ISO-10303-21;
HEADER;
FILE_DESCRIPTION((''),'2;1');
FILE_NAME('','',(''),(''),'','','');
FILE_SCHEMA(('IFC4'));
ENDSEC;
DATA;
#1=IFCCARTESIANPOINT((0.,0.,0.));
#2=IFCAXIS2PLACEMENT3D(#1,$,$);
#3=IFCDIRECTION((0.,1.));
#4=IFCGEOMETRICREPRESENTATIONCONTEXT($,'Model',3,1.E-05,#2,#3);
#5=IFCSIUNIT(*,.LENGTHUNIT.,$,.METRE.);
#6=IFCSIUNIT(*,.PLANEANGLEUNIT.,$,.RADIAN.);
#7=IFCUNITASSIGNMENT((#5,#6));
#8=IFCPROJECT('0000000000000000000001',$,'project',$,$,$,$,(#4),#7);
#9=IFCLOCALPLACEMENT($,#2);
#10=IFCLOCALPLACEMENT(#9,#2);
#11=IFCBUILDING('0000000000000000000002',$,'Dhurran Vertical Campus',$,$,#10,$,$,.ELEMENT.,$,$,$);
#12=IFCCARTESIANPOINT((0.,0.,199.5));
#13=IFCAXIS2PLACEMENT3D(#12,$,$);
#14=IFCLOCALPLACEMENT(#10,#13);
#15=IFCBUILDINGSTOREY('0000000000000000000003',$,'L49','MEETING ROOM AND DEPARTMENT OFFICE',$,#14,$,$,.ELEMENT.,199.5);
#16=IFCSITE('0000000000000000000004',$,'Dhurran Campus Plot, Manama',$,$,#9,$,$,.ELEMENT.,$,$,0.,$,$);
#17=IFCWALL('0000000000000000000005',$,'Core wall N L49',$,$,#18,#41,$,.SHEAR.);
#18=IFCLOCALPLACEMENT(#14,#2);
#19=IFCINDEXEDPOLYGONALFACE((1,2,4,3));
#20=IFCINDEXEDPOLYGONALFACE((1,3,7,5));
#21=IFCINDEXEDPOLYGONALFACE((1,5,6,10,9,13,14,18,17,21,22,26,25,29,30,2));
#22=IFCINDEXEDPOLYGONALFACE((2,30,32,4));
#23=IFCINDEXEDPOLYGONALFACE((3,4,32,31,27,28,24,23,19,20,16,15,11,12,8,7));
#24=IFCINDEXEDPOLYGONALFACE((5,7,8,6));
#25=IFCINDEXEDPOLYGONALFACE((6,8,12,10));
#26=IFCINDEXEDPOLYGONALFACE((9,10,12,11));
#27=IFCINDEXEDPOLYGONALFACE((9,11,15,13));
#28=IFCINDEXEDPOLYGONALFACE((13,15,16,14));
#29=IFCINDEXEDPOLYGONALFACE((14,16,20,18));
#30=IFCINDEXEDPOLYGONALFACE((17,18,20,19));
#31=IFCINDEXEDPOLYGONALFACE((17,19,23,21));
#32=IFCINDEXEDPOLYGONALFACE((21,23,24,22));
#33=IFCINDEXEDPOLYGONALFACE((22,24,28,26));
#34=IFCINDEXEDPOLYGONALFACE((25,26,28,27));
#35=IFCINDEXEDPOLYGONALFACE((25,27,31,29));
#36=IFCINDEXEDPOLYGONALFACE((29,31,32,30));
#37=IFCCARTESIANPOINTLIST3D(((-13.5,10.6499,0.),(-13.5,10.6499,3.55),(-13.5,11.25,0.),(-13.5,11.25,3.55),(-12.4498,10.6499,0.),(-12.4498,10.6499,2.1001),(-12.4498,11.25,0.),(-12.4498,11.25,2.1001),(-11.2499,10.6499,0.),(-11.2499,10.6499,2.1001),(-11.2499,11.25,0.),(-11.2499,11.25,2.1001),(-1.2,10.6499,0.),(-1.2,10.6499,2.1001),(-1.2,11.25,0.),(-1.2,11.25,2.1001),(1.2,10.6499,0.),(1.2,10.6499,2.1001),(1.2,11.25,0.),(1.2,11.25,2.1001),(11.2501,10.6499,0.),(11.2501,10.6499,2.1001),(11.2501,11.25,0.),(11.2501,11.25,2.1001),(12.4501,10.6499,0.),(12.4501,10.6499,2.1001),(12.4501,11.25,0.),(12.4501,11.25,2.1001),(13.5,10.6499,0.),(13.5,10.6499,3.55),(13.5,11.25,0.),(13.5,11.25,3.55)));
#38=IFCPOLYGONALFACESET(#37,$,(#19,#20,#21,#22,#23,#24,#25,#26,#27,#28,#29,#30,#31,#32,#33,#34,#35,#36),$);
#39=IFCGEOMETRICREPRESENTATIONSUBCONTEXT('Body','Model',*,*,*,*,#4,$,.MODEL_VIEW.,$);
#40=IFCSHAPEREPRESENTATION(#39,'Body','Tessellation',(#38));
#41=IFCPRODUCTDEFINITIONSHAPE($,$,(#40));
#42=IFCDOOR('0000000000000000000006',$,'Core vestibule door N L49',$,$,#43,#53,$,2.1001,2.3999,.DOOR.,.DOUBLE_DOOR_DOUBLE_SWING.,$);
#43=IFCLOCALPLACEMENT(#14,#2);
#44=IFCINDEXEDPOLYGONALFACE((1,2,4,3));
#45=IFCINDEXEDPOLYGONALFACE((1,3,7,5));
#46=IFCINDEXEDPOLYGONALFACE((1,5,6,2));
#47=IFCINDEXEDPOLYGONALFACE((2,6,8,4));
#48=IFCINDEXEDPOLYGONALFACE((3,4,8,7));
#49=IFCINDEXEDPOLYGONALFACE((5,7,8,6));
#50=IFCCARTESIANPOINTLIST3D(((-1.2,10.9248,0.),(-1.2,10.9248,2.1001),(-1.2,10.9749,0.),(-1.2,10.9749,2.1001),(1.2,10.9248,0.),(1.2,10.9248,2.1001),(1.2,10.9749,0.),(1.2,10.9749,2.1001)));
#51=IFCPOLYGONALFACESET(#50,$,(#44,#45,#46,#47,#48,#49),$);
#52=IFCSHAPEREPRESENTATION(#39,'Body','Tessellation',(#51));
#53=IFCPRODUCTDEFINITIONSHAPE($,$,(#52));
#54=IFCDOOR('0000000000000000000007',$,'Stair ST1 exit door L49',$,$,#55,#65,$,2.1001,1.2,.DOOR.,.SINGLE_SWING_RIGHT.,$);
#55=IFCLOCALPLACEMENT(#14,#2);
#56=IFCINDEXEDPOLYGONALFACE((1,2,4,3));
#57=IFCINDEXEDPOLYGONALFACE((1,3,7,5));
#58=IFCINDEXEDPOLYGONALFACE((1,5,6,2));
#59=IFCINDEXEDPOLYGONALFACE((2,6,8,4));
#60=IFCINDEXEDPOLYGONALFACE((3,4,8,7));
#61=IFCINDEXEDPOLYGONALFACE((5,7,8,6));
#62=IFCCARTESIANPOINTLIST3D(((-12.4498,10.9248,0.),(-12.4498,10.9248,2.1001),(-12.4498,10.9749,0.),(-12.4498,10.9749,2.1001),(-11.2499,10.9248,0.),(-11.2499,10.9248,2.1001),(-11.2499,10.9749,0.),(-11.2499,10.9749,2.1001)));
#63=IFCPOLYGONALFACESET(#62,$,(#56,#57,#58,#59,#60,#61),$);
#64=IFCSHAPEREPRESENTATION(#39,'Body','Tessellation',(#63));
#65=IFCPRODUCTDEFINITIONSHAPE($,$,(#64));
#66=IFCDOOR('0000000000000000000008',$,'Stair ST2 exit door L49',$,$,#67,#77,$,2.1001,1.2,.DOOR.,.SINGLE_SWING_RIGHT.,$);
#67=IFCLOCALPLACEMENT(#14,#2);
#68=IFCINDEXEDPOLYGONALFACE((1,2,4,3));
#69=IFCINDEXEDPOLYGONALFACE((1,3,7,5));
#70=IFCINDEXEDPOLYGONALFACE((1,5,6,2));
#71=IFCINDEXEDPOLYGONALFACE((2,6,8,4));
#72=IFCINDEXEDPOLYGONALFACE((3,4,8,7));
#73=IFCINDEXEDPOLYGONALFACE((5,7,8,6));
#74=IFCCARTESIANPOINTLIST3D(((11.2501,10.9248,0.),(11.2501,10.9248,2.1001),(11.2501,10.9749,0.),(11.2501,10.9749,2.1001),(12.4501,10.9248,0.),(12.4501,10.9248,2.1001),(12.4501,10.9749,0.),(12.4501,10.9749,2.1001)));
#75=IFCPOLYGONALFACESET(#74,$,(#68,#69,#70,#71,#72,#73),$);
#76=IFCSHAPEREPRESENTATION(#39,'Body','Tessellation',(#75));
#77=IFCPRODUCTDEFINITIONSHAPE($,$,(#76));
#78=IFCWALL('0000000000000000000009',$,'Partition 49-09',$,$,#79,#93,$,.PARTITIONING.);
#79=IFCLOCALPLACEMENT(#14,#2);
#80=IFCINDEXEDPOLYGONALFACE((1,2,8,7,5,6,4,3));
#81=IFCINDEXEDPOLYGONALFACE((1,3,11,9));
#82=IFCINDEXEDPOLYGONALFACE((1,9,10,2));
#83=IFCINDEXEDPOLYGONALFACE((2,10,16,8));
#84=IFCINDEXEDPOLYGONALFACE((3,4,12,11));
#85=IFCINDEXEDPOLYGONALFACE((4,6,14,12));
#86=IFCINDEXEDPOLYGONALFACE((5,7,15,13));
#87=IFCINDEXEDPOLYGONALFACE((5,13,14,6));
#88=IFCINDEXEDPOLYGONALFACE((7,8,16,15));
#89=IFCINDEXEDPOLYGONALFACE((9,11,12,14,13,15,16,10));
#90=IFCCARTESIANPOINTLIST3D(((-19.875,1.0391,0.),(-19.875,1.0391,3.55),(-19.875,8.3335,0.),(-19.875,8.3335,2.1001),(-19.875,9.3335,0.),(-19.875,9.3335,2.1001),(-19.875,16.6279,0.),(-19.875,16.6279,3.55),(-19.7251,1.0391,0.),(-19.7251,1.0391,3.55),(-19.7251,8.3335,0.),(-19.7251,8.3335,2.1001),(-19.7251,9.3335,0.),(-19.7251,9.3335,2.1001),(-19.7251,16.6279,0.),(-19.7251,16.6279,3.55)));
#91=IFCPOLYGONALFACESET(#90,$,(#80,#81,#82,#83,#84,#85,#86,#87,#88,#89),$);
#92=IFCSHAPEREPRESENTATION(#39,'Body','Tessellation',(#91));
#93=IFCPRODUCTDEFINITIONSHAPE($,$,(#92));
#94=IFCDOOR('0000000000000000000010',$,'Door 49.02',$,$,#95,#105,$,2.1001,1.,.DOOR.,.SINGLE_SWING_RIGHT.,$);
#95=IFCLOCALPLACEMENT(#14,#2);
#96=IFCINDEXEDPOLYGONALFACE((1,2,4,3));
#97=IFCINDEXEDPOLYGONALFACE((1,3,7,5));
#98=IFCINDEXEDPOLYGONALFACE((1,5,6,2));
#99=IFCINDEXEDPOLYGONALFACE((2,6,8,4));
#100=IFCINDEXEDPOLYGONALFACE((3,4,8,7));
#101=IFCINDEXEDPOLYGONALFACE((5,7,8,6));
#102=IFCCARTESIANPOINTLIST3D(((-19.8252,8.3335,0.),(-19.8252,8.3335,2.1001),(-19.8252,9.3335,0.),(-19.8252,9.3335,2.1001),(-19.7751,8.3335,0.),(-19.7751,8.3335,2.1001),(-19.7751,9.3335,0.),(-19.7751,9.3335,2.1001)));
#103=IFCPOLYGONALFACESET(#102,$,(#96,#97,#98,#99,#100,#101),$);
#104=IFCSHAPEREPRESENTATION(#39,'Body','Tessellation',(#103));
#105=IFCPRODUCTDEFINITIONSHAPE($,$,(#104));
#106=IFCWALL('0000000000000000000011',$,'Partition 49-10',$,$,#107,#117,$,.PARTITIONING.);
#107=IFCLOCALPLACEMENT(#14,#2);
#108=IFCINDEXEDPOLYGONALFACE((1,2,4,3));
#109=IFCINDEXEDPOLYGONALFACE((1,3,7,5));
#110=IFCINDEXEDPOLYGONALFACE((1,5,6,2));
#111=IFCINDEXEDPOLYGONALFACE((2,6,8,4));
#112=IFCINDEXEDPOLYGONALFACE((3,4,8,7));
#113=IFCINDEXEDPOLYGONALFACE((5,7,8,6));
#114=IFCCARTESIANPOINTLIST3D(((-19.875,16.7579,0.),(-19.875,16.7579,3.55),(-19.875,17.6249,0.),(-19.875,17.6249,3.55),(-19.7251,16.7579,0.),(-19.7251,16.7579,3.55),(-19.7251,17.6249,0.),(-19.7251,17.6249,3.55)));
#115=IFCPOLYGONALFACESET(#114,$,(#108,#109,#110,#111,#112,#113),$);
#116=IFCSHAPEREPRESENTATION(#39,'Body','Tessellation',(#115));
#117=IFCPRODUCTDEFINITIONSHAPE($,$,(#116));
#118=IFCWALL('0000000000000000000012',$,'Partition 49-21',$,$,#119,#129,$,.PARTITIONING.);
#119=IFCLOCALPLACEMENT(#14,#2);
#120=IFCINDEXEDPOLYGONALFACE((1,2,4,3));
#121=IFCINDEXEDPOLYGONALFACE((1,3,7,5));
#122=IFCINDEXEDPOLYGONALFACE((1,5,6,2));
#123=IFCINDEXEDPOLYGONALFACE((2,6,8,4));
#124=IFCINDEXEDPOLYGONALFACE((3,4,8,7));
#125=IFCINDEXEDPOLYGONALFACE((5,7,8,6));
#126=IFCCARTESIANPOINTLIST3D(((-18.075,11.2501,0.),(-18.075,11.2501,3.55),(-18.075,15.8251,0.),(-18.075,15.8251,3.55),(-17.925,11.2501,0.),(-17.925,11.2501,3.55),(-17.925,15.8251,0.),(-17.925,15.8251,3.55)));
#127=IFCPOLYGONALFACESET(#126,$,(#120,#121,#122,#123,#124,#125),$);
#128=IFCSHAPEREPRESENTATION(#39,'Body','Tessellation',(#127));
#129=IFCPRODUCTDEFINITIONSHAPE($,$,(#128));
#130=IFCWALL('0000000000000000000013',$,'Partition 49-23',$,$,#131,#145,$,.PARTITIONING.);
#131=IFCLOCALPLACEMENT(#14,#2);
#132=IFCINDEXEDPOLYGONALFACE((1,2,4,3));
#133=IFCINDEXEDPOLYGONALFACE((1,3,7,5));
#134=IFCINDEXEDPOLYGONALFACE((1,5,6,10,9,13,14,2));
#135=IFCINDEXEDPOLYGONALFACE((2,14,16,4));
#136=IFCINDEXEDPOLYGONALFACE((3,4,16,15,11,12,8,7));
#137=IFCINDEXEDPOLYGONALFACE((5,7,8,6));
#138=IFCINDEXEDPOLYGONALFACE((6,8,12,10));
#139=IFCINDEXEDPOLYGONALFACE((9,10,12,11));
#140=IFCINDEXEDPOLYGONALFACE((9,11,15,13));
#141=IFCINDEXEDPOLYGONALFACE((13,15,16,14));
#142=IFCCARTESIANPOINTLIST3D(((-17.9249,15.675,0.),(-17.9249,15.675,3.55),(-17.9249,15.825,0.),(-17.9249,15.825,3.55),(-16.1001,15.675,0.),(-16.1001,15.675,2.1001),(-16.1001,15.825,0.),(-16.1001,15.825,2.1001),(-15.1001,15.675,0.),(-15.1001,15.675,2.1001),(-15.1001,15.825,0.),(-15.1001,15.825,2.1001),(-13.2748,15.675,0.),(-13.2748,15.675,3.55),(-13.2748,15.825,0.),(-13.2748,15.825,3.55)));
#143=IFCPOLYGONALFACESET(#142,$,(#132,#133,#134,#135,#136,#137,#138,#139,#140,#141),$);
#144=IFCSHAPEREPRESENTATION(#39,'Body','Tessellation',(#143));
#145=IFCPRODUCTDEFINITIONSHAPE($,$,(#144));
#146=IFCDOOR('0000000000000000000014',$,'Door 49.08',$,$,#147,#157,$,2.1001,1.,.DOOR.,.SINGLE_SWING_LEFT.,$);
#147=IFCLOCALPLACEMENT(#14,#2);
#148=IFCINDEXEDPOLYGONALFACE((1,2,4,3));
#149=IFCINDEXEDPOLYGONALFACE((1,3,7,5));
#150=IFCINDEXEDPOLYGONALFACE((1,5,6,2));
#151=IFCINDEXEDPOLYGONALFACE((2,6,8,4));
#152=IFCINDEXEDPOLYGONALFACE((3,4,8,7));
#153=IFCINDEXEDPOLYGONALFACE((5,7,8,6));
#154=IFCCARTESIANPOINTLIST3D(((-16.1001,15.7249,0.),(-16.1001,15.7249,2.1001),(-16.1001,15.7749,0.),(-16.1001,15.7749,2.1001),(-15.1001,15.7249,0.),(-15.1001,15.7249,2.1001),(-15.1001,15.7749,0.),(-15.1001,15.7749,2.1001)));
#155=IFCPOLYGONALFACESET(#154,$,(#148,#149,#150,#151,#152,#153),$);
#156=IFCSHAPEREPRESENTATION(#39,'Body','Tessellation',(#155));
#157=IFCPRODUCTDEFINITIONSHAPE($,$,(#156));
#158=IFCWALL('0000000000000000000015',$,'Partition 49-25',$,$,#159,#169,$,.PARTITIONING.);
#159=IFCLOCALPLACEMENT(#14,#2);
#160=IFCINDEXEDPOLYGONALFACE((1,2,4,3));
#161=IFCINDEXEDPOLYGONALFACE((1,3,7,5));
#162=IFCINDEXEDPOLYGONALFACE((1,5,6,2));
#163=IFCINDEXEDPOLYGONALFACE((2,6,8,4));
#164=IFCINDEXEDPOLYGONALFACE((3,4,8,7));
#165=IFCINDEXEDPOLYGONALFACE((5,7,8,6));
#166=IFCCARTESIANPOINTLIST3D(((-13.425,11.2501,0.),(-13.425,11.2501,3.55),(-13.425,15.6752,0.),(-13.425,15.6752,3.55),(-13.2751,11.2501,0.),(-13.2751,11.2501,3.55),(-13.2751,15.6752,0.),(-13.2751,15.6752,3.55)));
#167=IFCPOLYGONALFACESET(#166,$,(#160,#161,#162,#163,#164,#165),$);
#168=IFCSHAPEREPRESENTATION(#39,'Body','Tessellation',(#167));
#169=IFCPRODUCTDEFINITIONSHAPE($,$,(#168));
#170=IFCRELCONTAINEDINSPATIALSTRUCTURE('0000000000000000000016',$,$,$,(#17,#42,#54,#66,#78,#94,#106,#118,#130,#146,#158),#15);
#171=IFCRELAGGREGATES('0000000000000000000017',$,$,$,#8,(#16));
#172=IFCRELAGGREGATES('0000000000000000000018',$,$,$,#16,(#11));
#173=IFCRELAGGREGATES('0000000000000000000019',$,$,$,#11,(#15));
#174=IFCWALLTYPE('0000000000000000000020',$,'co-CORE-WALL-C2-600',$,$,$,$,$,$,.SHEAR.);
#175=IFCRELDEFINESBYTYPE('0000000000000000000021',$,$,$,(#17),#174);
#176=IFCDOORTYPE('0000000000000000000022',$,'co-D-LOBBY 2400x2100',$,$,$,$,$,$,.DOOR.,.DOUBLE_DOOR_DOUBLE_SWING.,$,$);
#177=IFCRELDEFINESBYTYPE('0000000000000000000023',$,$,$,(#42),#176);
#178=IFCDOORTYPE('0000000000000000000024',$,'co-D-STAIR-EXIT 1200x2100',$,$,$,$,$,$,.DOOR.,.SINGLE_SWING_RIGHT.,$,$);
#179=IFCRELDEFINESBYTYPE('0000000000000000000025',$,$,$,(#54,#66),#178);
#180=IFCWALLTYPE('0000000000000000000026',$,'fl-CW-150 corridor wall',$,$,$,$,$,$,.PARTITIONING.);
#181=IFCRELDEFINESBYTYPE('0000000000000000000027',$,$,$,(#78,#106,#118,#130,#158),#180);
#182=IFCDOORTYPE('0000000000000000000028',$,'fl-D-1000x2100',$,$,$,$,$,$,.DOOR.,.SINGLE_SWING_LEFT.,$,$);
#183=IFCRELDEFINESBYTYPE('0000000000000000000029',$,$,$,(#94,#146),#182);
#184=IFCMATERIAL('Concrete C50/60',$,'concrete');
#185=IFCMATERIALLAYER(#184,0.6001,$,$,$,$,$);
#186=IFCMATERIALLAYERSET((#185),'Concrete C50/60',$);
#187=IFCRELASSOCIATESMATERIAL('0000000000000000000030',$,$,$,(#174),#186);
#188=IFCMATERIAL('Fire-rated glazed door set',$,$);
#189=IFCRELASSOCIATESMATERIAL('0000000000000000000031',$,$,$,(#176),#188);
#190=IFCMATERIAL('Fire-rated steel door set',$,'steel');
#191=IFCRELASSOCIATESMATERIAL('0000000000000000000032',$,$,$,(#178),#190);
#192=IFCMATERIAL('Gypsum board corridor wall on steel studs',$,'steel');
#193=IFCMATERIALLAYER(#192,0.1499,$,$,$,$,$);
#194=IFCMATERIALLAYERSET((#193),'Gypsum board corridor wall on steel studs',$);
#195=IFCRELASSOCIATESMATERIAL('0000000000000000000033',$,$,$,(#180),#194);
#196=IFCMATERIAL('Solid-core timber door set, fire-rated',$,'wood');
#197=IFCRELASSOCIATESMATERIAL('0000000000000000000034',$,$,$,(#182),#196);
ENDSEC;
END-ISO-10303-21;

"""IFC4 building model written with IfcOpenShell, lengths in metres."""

from ifc_helpers import new_model, si_unit, direction, frame, frame_2d, origin, place, context, subcontext, project, spatial, rectangle, extrude, material, layer, layer_set, type_object, element, fill, save


model = new_model("IFC4")

# Units and contexts
model_context = context("Model", 3, precision=1e-05, world=origin(), true_north=direction((0.0, 1.0)))
body_context = subcontext(model_context, "Body", "Model", "MODEL_VIEW")
ifc_project = project(units=[si_unit("LENGTHUNIT", "METRE"), si_unit("PLANEANGLEUNIT", "RADIAN")], contexts=[model_context])

# Site, building, storey
site_placement = place(None, origin())
site = spatial("IfcSite", under=ifc_project, at=site_placement, Name="Dhurran Campus Plot, Manama", CompositionType="ELEMENT", RefElevation=0.0)
building_placement = place(site_placement, origin())
building = spatial("IfcBuilding", under=site, at=building_placement, Name="Dhurran Vertical Campus", CompositionType="ELEMENT")
storey_placement = place(building_placement, frame((0.0, 0.0, 199.5)))
storey = spatial("IfcBuildingStorey", under=building, at=storey_placement, Name="L49", Description="MEETING ROOM AND DEPARTMENT OFFICE", CompositionType="ELEMENT", Elevation=199.5)

# Wall, openings, doors
ifc_material_1 = material(Name="Concrete C50/60", Category="concrete")
ifc_layer_1 = layer(ifc_material_1, 0.6001)
ifc_layer_set_1 = layer_set([ifc_layer_1], Name="Concrete C50/60")
wall_type_1 = type_object("IfcWallType", Name="co-CORE-WALL-C2-600", PredefinedType="SHEAR", material=ifc_layer_set_1)
wall_1_placement = place(storey_placement, frame((-13.5, 10.95, 0.0), z_axis=(0.0, 0.0, 1.0), x_axis=(1.0, 0.0, 0.0)))
wall_1 = element("IfcWall", 1, at=wall_1_placement, inside=storey, type_object=wall_type_1, Name="Core wall N L49", PredefinedType="SHEAR", context=body_context, shape_type="SweptSolid", body=[
    extrude(rectangle(XDim=27.0, YDim=0.6001, at=frame_2d((13.5, 0.0))), origin(), (0.0, 0.0, 1.0), 3.55),
])
opening_1_placement = place(wall_1_placement, frame((12.3, 0.0, 0.0)))
opening_1 = element("IfcOpeningElement", 2, at=opening_1_placement, cuts=wall_1, PredefinedType="OPENING", context=body_context, shape_type="SweptSolid", body=[
    extrude(rectangle(XDim=2.3999, YDim=2.1001, at=frame_2d((1.2, 1.05))), frame((0.0, 0.3101, 0.0), z_axis=(0.0, -1.0, 0.0), x_axis=(1.0, 0.0, 0.0)), (0.0, 0.0, 1.0), 0.6201),
])
opening_2_placement = place(wall_1_placement, frame((1.05, 0.0, 0.0)))
opening_2 = element("IfcOpeningElement", 3, at=opening_2_placement, cuts=wall_1, PredefinedType="OPENING", context=body_context, shape_type="SweptSolid", body=[
    extrude(rectangle(XDim=1.2, YDim=2.1001, at=frame_2d((0.6001, 1.05))), frame((0.0, 0.3101, 0.0), z_axis=(0.0, -1.0, 0.0), x_axis=(1.0, 0.0, 0.0)), (0.0, 0.0, 1.0), 0.6201),
])
opening_3_placement = place(wall_1_placement, frame((24.75, 0.0, 0.0)))
opening_3 = element("IfcOpeningElement", 4, at=opening_3_placement, cuts=wall_1, PredefinedType="OPENING", context=body_context, shape_type="SweptSolid", body=[
    extrude(rectangle(XDim=1.2, YDim=2.1001, at=frame_2d((0.6001, 1.05))), frame((0.0, 0.3101, 0.0), z_axis=(0.0, -1.0, 0.0), x_axis=(1.0, 0.0, 0.0)), (0.0, 0.0, 1.0), 0.6201),
])
ifc_material_2 = material(Name="Fire-rated glazed door set")
door_type_1 = type_object("IfcDoorType", Name="co-D-LOBBY 2400x2100", OperationType="DOUBLE_DOOR_DOUBLE_SWING", PredefinedType="DOOR", material=ifc_material_2)
door_1_placement = place(opening_1_placement, origin())
door_1 = element("IfcDoor", 5, at=door_1_placement, inside=storey, type_object=door_type_1, Name="Core vestibule door N L49", OperationType="DOUBLE_DOOR_DOUBLE_SWING", OverallHeight=2.1001, OverallWidth=2.3999, PredefinedType="DOOR", context=body_context, shape_type="SweptSolid", body=[
    extrude(rectangle(XDim=2.3999, YDim=2.1001, at=frame_2d((1.2, 1.05))), frame((0.0, 0.0249, 0.0), z_axis=(0.0, -1.0, 0.0), x_axis=(1.0, 0.0, 0.0)), (0.0, 0.0, 1.0), 0.05),
])
fill(opening_1, door_1)
ifc_material_3 = material(Name="Fire-rated steel door set", Category="steel")
door_type_2 = type_object("IfcDoorType", Name="co-D-STAIR-EXIT 1200x2100", OperationType="SINGLE_SWING_RIGHT", PredefinedType="DOOR", material=ifc_material_3)
door_2_placement = place(opening_2_placement, origin())
door_2 = element("IfcDoor", 6, at=door_2_placement, inside=storey, type_object=door_type_2, Name="Stair ST1 exit door L49", OperationType="SINGLE_SWING_RIGHT", OverallHeight=2.1001, OverallWidth=1.2, PredefinedType="DOOR", context=body_context, shape_type="SweptSolid", body=[
    extrude(rectangle(XDim=1.2, YDim=2.1001, at=frame_2d((0.6001, 1.05))), frame((0.0, 0.0249, 0.0), z_axis=(0.0, -1.0, 0.0), x_axis=(1.0, 0.0, 0.0)), (0.0, 0.0, 1.0), 0.05),
])
fill(opening_2, door_2)
door_3_placement = place(opening_3_placement, origin())
door_3 = element("IfcDoor", 7, at=door_3_placement, inside=storey, type_object=door_type_2, Name="Stair ST2 exit door L49", OperationType="SINGLE_SWING_RIGHT", OverallHeight=2.1001, OverallWidth=1.2, PredefinedType="DOOR", context=body_context, shape_type="SweptSolid", body=[
    extrude(rectangle(XDim=1.2, YDim=2.1001, at=frame_2d((0.6001, 1.05))), frame((0.0, 0.0249, 0.0), z_axis=(0.0, -1.0, 0.0), x_axis=(1.0, 0.0, 0.0)), (0.0, 0.0, 1.0), 0.05),
])
fill(opening_3, door_3)

# Wall, opening, door
ifc_material_4 = material(Name="Gypsum board corridor wall on steel studs", Category="steel")
ifc_layer_2 = layer(ifc_material_4, 0.1499)
ifc_layer_set_2 = layer_set([ifc_layer_2], Name="Gypsum board corridor wall on steel studs")
wall_type_2 = type_object("IfcWallType", Name="fl-CW-150 corridor wall", PredefinedType="PARTITIONING", material=ifc_layer_set_2)
wall_2_placement = place(storey_placement, frame((-19.8, 16.6279, 0.0), z_axis=(0.0, 0.0, 1.0), x_axis=(0.0, -1.0, 0.0)))
wall_2 = element("IfcWall", 8, at=wall_2_placement, inside=storey, type_object=wall_type_2, Name="Partition 49-09", PredefinedType="PARTITIONING", context=body_context, shape_type="SweptSolid", body=[
    extrude(rectangle(XDim=15.5889, YDim=0.1499, at=frame_2d((7.7944, 0.0))), origin(), (0.0, 0.0, 1.0), 3.55),
])
opening_4_placement = place(wall_2_placement, frame((7.2944, 0.0, 0.0)))
opening_4 = element("IfcOpeningElement", 9, at=opening_4_placement, cuts=wall_2, PredefinedType="OPENING", context=body_context, shape_type="SweptSolid", body=[
    extrude(rectangle(XDim=1.0, YDim=2.1001, at=frame_2d((0.5, 1.05))), frame((0.0, 0.085, 0.0), z_axis=(0.0, -1.0, 0.0), x_axis=(1.0, 0.0, 0.0)), (0.0, 0.0, 1.0), 0.1699),
])
ifc_material_5 = material(Name="Solid-core timber door set, fire-rated", Category="wood")
door_type_3 = type_object("IfcDoorType", Name="fl-D-1000x2100", OperationType="SINGLE_SWING_LEFT", PredefinedType="DOOR", material=ifc_material_5)
door_4_placement = place(opening_4_placement, origin())
door_4 = element("IfcDoor", 10, at=door_4_placement, inside=storey, type_object=door_type_3, Name="Door 49.02", OperationType="SINGLE_SWING_RIGHT", OverallHeight=2.1001, OverallWidth=1.0, PredefinedType="DOOR", context=body_context, shape_type="SweptSolid", body=[
    extrude(rectangle(XDim=1.0, YDim=2.1001, at=frame_2d((0.5, 1.05))), frame((0.0, 0.0249, 0.0), z_axis=(0.0, -1.0, 0.0), x_axis=(1.0, 0.0, 0.0)), (0.0, 0.0, 1.0), 0.05),
])
fill(opening_4, door_4)

# Walls
wall_3_placement = place(storey_placement, frame((-19.8, 17.625, 0.0), z_axis=(0.0, 0.0, 1.0), x_axis=(0.0, -1.0, 0.0)))
element("IfcWall", 11, at=wall_3_placement, inside=storey, type_object=wall_type_2, Name="Partition 49-10", PredefinedType="PARTITIONING", context=body_context, shape_type="SweptSolid", body=[
    extrude(rectangle(XDim=0.8669, YDim=0.1499, at=frame_2d((0.4336, 0.0))), origin(), (0.0, 0.0, 1.0), 3.55),
])
wall_4_placement = place(storey_placement, frame((-18.0, 11.25, 0.0), z_axis=(0.0, 0.0, 1.0), x_axis=(0.0, 1.0, 0.0)))
element("IfcWall", 12, at=wall_4_placement, inside=storey, type_object=wall_type_2, Name="Partition 49-21", PredefinedType="PARTITIONING", context=body_context, shape_type="SweptSolid", body=[
    extrude(rectangle(XDim=4.575, YDim=0.1499, at=frame_2d((2.2876, 0.0))), origin(), (0.0, 0.0, 1.0), 3.55),
])

# Wall, opening, door
wall_5_placement = place(storey_placement, frame((-17.925, 15.75, 0.0), z_axis=(0.0, 0.0, 1.0), x_axis=(1.0, 0.0, 0.0)))
wall_5 = element("IfcWall", 13, at=wall_5_placement, inside=storey, type_object=wall_type_2, Name="Partition 49-23", PredefinedType="PARTITIONING", context=body_context, shape_type="SweptSolid", body=[
    extrude(rectangle(XDim=4.6501, YDim=0.1499, at=frame_2d((2.3252, 0.0))), origin(), (0.0, 0.0, 1.0), 3.55),
])
opening_5_placement = place(wall_5_placement, frame((1.825, 0.0, 0.0)))
opening_5 = element("IfcOpeningElement", 14, at=opening_5_placement, cuts=wall_5, PredefinedType="OPENING", context=body_context, shape_type="SweptSolid", body=[
    extrude(rectangle(XDim=1.0, YDim=2.1001, at=frame_2d((0.5, 1.05))), frame((0.0, 0.085, 0.0), z_axis=(0.0, -1.0, 0.0), x_axis=(1.0, 0.0, 0.0)), (0.0, 0.0, 1.0), 0.1699),
])
door_5_placement = place(opening_5_placement, origin())
door_5 = element("IfcDoor", 15, at=door_5_placement, inside=storey, type_object=door_type_3, Name="Door 49.08", OperationType="SINGLE_SWING_LEFT", OverallHeight=2.1001, OverallWidth=1.0, PredefinedType="DOOR", context=body_context, shape_type="SweptSolid", body=[
    extrude(rectangle(XDim=1.0, YDim=2.1001, at=frame_2d((0.5, 1.05))), frame((0.0, 0.0249, 0.0), z_axis=(0.0, -1.0, 0.0), x_axis=(1.0, 0.0, 0.0)), (0.0, 0.0, 1.0), 0.05),
])
fill(opening_5, door_5)

# Wall
wall_6_placement = place(storey_placement, frame((-13.3501, 15.675, 0.0), z_axis=(0.0, 0.0, 1.0), x_axis=(0.0, -1.0, 0.0)))
element("IfcWall", 16, at=wall_6_placement, inside=storey, type_object=wall_type_2, Name="Partition 49-25", PredefinedType="PARTITIONING", context=body_context, shape_type="SweptSolid", body=[
    extrude(rectangle(XDim=4.425, YDim=0.1499, at=frame_2d((2.2124, 0.0))), origin(), (0.0, 0.0, 1.0), 3.55),
])

save(model, "model.ifc")
